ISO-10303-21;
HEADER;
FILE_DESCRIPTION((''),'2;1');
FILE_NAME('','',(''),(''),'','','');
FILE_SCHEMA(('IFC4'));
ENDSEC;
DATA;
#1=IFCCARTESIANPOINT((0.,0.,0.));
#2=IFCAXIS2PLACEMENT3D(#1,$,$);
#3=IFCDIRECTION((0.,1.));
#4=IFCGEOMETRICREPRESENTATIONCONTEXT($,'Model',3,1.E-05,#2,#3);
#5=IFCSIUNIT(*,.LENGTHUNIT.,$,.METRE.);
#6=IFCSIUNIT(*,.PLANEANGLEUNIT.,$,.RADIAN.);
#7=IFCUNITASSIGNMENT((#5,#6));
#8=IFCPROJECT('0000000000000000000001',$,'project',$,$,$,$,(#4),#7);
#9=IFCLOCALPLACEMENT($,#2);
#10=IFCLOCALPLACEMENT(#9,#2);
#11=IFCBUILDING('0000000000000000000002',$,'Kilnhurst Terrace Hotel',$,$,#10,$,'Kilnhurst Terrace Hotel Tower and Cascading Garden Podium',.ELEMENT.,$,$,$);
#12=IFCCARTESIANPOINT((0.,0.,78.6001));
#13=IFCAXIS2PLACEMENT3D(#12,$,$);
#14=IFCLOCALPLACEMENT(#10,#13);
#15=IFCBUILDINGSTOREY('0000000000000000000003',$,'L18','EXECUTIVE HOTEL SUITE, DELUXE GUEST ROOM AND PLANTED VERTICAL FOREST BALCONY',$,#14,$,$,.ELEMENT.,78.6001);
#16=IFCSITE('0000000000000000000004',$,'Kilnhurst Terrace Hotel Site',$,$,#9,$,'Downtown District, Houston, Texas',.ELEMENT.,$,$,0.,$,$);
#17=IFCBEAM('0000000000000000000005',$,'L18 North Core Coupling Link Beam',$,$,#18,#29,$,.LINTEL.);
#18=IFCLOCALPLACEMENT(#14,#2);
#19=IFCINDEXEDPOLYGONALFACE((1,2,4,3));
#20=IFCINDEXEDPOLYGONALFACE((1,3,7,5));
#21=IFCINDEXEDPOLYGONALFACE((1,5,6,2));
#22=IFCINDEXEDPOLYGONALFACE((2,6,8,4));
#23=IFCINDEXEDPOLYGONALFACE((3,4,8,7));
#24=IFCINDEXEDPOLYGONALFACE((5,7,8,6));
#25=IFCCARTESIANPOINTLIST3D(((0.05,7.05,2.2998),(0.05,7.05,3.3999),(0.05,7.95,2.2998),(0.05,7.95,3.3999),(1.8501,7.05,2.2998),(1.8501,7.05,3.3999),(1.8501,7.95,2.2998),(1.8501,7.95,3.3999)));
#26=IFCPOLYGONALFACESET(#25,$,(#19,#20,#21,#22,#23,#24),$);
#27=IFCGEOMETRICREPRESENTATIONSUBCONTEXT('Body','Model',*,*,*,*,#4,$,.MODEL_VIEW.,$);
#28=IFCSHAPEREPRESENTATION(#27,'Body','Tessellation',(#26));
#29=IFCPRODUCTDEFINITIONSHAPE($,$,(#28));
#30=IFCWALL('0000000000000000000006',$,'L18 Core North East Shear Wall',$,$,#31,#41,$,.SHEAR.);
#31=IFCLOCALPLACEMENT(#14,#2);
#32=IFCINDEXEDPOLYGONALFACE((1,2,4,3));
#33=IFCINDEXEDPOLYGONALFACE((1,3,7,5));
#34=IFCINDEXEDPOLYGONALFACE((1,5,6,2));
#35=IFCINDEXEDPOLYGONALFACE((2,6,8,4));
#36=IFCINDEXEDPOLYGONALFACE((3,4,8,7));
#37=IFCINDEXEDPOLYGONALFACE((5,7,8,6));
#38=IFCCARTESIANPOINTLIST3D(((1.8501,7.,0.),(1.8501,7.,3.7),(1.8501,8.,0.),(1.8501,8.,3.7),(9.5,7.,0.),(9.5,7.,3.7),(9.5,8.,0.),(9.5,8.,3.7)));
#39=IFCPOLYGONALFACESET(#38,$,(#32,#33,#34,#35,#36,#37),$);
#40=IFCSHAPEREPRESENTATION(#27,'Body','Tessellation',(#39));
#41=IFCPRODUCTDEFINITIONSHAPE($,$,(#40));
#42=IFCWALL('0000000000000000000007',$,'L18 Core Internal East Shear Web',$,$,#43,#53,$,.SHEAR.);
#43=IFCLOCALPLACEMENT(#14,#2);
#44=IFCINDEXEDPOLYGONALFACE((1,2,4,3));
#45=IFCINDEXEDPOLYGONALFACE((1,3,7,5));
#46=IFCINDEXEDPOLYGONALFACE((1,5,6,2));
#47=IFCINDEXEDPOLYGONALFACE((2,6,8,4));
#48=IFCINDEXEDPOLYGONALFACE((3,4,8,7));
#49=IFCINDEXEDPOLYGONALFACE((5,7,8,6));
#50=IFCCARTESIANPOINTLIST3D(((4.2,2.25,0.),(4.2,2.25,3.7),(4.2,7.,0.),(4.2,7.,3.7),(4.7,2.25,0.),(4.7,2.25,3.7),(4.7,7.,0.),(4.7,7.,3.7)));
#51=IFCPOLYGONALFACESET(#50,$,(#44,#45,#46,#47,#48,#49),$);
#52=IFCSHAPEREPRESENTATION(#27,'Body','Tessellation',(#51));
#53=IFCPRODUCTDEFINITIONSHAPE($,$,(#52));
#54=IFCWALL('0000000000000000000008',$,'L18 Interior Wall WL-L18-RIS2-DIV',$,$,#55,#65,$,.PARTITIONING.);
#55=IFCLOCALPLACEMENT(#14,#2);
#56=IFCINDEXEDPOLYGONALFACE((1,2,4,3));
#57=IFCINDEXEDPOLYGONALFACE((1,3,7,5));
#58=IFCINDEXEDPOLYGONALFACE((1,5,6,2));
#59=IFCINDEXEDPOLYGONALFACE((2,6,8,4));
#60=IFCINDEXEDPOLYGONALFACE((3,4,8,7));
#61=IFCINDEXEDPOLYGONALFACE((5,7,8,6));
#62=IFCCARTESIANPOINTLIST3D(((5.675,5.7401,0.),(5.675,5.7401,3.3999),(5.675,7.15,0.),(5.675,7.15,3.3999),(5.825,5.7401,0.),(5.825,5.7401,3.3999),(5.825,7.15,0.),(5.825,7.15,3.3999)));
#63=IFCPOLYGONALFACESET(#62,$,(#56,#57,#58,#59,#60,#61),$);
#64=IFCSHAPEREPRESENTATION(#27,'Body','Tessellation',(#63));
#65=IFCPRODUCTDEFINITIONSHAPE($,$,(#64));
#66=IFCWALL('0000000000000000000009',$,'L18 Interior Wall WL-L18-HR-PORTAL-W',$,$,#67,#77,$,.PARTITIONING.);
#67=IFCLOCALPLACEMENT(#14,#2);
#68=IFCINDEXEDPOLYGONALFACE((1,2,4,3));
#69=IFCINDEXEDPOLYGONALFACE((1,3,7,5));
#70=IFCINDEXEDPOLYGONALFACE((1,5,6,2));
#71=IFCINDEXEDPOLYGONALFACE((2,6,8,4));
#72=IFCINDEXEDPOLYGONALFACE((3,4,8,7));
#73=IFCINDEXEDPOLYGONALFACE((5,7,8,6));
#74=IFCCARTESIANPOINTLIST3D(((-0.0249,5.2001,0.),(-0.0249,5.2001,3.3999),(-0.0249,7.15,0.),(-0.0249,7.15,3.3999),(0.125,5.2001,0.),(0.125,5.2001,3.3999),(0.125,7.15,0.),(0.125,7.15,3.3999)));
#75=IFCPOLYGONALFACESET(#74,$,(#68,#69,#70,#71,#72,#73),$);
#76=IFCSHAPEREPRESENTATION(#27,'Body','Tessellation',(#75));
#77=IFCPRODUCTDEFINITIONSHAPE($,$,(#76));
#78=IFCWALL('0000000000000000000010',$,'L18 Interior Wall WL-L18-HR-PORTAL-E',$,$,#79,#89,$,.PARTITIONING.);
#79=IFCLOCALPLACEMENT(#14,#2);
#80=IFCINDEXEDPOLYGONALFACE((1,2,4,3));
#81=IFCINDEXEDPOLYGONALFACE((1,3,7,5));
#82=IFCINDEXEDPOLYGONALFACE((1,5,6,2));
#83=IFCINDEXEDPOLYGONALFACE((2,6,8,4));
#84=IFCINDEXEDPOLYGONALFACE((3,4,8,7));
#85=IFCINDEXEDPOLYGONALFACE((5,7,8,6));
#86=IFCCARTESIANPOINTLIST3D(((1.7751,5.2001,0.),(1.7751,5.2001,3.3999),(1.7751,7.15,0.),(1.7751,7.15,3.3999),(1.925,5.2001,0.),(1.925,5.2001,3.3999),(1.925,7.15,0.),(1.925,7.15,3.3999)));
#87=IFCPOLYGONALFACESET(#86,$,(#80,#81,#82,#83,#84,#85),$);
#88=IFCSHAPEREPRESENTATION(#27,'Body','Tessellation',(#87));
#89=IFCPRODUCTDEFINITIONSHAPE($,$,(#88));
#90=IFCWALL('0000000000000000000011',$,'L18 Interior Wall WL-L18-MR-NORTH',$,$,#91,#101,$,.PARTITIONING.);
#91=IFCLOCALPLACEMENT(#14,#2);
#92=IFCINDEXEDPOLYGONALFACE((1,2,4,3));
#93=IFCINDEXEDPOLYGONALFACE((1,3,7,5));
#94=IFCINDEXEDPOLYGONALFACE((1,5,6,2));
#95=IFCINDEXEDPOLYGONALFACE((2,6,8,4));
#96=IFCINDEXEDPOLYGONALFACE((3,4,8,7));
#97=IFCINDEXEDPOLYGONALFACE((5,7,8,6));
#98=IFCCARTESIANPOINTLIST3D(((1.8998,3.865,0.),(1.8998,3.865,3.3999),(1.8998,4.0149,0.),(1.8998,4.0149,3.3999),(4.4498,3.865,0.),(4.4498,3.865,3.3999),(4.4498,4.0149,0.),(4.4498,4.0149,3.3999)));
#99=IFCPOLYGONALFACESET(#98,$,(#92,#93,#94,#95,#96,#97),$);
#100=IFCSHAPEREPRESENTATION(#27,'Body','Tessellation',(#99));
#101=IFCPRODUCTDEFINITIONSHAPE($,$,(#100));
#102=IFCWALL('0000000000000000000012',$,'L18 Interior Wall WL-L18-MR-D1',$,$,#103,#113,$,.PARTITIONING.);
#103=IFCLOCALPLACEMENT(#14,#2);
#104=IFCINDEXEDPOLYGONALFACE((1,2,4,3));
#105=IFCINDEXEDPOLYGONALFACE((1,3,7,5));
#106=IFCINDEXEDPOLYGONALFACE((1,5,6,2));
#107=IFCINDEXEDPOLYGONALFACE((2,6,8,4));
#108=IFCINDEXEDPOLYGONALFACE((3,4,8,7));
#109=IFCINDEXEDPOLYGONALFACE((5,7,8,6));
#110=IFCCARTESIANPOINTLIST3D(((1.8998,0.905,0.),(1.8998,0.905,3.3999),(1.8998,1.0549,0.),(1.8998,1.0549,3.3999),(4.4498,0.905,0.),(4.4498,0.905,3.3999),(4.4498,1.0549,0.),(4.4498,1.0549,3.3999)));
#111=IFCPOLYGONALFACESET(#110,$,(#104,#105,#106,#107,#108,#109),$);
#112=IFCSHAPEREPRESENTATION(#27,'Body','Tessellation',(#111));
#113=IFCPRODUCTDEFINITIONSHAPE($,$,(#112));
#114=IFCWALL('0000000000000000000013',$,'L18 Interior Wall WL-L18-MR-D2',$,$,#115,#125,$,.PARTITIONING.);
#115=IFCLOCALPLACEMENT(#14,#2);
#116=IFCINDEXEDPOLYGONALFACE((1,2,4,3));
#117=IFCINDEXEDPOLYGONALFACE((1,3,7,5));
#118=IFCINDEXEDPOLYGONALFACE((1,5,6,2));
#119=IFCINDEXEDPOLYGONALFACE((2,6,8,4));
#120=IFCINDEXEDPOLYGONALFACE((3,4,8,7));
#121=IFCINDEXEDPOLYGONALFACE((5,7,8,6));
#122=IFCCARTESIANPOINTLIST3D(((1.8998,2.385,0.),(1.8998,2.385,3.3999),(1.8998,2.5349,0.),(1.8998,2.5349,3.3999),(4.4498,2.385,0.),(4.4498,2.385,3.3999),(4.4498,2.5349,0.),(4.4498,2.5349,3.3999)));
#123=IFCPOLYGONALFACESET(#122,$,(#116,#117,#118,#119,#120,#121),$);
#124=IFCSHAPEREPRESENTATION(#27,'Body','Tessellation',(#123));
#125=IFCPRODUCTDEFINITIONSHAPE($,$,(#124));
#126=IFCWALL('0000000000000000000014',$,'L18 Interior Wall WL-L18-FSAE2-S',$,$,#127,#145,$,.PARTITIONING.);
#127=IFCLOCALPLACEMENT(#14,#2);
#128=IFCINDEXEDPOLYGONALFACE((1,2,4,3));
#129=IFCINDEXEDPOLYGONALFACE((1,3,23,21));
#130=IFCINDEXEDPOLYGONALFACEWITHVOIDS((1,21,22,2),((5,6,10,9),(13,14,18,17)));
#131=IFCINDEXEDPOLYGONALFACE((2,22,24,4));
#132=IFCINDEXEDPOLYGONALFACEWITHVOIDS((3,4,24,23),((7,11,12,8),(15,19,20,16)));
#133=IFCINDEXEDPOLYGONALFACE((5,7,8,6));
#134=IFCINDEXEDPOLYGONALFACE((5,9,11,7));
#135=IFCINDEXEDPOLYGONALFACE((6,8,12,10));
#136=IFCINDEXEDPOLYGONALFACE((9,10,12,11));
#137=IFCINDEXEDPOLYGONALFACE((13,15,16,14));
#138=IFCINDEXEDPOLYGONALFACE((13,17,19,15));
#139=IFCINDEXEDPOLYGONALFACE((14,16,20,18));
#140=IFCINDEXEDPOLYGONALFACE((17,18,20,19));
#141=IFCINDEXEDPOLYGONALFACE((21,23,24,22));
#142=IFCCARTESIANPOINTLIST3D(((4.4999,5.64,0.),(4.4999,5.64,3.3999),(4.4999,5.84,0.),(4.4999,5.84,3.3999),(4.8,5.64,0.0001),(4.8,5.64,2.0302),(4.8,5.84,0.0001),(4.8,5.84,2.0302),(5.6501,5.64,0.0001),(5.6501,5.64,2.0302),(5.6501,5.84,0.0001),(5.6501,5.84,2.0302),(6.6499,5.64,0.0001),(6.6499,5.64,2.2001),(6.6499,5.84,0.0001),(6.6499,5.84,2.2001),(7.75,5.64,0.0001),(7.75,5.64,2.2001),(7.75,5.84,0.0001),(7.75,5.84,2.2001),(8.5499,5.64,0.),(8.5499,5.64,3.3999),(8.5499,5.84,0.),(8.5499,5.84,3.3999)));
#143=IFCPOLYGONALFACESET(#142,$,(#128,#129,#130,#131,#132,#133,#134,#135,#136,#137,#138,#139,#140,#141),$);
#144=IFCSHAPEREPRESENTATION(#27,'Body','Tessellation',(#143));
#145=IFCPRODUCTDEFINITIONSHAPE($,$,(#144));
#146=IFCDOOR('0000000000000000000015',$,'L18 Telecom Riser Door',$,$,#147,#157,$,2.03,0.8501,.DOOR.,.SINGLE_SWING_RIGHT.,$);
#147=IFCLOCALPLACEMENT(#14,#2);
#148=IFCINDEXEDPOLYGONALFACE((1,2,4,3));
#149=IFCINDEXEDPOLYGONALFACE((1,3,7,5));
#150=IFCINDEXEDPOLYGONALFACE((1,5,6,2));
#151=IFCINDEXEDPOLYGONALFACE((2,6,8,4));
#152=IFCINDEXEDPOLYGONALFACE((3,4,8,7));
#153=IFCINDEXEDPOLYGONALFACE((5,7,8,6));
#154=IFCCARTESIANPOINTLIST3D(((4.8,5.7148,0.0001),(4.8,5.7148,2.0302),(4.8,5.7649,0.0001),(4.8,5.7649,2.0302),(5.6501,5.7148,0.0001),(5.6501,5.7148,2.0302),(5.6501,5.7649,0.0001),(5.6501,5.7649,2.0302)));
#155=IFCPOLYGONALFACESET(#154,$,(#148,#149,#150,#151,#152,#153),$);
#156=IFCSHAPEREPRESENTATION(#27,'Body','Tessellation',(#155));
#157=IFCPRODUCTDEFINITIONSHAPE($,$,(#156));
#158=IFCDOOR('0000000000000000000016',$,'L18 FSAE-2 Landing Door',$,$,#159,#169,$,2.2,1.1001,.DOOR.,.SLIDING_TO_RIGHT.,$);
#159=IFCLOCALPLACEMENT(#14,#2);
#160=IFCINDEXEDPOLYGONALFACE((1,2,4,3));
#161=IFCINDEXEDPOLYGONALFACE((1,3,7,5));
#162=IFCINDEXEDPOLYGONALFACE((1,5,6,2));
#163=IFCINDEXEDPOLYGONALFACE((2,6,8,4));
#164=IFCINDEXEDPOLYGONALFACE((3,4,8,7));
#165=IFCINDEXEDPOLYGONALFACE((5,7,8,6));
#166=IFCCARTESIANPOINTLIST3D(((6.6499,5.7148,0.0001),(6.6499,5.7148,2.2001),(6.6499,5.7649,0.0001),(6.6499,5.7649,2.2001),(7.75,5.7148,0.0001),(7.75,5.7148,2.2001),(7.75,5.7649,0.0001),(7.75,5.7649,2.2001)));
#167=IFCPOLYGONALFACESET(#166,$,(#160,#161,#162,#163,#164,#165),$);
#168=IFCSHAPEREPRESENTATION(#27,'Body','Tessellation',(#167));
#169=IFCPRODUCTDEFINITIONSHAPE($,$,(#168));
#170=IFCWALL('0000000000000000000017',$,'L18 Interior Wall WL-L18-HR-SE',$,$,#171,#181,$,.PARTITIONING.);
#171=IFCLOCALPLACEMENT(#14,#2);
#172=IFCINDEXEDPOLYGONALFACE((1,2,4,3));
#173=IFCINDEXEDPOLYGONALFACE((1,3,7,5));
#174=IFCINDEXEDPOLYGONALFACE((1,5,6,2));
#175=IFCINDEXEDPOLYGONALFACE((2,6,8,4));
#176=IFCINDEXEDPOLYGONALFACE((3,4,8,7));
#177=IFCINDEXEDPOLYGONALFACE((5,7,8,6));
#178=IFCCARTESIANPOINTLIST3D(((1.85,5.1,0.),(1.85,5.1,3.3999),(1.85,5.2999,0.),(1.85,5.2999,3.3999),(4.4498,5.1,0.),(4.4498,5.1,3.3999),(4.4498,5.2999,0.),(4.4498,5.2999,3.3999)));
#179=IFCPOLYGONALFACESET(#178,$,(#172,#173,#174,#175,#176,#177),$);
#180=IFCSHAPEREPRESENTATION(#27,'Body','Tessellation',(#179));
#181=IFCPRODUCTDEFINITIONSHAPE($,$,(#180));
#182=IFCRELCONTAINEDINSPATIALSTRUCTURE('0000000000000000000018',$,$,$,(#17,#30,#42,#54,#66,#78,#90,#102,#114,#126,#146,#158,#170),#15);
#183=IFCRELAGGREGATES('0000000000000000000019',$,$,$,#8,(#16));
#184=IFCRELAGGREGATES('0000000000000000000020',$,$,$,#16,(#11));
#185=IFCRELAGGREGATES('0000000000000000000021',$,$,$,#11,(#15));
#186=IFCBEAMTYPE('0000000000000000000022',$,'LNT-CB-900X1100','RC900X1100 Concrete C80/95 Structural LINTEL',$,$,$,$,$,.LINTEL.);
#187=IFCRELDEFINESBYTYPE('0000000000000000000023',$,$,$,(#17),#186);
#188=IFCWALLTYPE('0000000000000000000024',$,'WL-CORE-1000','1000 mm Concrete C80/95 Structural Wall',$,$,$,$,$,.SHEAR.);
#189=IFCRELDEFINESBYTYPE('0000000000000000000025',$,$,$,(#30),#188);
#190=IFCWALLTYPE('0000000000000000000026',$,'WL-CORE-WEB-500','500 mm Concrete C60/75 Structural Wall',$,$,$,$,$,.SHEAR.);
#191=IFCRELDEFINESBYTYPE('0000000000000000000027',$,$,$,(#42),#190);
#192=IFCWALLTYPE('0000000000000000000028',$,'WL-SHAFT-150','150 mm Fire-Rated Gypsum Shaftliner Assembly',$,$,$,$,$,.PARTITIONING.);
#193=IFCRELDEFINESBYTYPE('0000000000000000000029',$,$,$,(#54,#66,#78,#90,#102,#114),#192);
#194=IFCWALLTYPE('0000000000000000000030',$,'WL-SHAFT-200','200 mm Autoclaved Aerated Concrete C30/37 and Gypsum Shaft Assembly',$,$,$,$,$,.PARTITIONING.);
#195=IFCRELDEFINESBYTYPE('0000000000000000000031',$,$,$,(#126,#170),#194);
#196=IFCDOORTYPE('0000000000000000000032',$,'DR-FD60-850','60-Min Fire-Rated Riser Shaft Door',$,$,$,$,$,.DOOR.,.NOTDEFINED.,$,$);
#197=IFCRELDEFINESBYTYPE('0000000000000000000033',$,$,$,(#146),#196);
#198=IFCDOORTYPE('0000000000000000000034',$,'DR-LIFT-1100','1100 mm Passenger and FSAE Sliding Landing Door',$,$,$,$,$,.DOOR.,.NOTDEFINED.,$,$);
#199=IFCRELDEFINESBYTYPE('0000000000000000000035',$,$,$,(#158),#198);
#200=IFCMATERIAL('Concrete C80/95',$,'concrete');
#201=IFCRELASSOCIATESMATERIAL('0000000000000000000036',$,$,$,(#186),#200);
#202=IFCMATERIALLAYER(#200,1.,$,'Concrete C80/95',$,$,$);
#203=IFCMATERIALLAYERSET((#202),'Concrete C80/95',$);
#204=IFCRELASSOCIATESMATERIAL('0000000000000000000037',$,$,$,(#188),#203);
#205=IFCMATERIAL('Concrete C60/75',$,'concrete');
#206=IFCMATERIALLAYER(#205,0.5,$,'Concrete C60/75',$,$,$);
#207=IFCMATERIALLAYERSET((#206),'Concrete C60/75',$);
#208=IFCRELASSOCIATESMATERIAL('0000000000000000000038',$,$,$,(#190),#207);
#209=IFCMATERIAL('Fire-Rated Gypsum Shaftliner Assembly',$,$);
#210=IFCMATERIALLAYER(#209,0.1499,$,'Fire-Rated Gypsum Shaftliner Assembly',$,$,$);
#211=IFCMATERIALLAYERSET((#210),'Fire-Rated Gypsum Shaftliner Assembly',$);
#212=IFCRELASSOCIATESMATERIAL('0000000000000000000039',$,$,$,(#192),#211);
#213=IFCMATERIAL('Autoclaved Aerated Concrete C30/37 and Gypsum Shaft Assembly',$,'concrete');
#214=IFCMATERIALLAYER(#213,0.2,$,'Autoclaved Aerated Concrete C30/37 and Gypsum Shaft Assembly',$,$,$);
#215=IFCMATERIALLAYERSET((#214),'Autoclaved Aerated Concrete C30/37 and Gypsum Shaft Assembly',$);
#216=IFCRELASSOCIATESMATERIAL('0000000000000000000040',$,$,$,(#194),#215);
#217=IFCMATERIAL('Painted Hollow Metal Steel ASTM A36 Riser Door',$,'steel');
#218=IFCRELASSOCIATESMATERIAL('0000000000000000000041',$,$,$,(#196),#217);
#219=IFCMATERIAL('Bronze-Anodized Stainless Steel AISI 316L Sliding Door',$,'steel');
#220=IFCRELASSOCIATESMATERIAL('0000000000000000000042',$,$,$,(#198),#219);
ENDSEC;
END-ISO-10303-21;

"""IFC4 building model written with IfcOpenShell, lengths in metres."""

from ifc_helpers import new_model, si_unit, direction, frame, frame_2d, origin, origin_2d, place, context, subcontext, project, spatial, rectangle, extrude, material, layer, layer_set, material_profile, profile_set, type_object, element, fill, save


model = new_model("IFC4")

# Units and contexts
model_context = context("Model", 3, precision=1e-05, world=origin(), true_north=direction((0.0, 1.0)))
body_context = subcontext(model_context, "Body", "Model", "MODEL_VIEW")
ifc_project = project(units=[si_unit("LENGTHUNIT", "METRE"), si_unit("PLANEANGLEUNIT", "RADIAN")], contexts=[model_context])

# Site, building, storey
site_placement = place(None, origin())
site = spatial("IfcSite", under=ifc_project, at=site_placement, Name="Kilnhurst Terrace Hotel Site", LongName="Downtown District, Houston, Texas", CompositionType="ELEMENT", RefElevation=0.0)
building_placement = place(site_placement, origin())
building = spatial("IfcBuilding", under=site, at=building_placement, Name="Kilnhurst Terrace Hotel", LongName="Kilnhurst Terrace Hotel Tower and Cascading Garden Podium", CompositionType="ELEMENT")
storey_placement = place(building_placement, frame((0.0, 0.0, 78.6001)))
storey = spatial("IfcBuildingStorey", under=building, at=storey_placement, Name="L18", Description="EXECUTIVE HOTEL SUITE, DELUXE GUEST ROOM AND PLANTED VERTICAL FOREST BALCONY", CompositionType="ELEMENT", Elevation=78.6001)

# Beam
ifc_material_1 = material(Name="Concrete C80/95", Category="concrete")
ifc_material_profile = material_profile(ifc_material_1, rectangle(XDim=0.8999, YDim=1.1001, at=origin_2d()), Name="RC900X1100")
ifc_profile_set = profile_set([ifc_material_profile], Name="Concrete C80/95")
beam_type = type_object("IfcBeamType", Name="LNT-CB-900X1100", Description="RC900X1100 Concrete C80/95 Structural LINTEL", PredefinedType="LINTEL", material=ifc_profile_set)
beam_placement = place(storey_placement, frame((0.05, 7.5, 2.8499), z_axis=(1.0, 0.0, 0.0), x_axis=(0.0, 1.0, 0.0)))
element("IfcBeam", 1, at=beam_placement, inside=storey, type_object=beam_type, Name="L18 North Core Coupling Link Beam", PredefinedType="LINTEL", context=body_context, shape_type="SweptSolid", body=[
    extrude(rectangle(XDim=0.8999, YDim=1.1001, at=origin_2d()), origin(), (0.0, 0.0, 1.0), 1.8),
])

# Walls
ifc_layer_1 = layer(ifc_material_1, 1.0, Name="Concrete C80/95")
ifc_layer_set_1 = layer_set([ifc_layer_1], Name="Concrete C80/95")
wall_type_1 = type_object("IfcWallType", Name="WL-CORE-1000", Description="1000 mm Concrete C80/95 Structural Wall", PredefinedType="SHEAR", material=ifc_layer_set_1)
wall_1_placement = place(storey_placement, frame((1.8501, 7.5, 0.0), z_axis=(0.0, 0.0, 1.0), x_axis=(1.0, 0.0, 0.0)))
element("IfcWall", 2, at=wall_1_placement, inside=storey, type_object=wall_type_1, Name="L18 Core North East Shear Wall", PredefinedType="SHEAR", context=body_context, shape_type="SweptSolid", body=[
    extrude(rectangle(XDim=7.6499, YDim=1.0, at=frame_2d((3.825, 0.0))), origin(), (0.0, 0.0, 1.0), 3.7),
])
ifc_material_2 = material(Name="Concrete C60/75", Category="concrete")
ifc_layer_2 = layer(ifc_material_2, 0.5, Name="Concrete C60/75")
ifc_layer_set_2 = layer_set([ifc_layer_2], Name="Concrete C60/75")
wall_type_2 = type_object("IfcWallType", Name="WL-CORE-WEB-500", Description="500 mm Concrete C60/75 Structural Wall", PredefinedType="SHEAR", material=ifc_layer_set_2)
wall_2_placement = place(storey_placement, frame((4.45, 2.25, 0.0), z_axis=(0.0, 0.0, 1.0), x_axis=(0.0, 1.0, 0.0)))
element("IfcWall", 3, at=wall_2_placement, inside=storey, type_object=wall_type_2, Name="L18 Core Internal East Shear Web", PredefinedType="SHEAR", context=body_context, shape_type="SweptSolid", body=[
    extrude(rectangle(XDim=4.75, YDim=0.5, at=frame_2d((2.375, 0.0))), origin(), (0.0, 0.0, 1.0), 3.7),
])
ifc_material_3 = material(Name="Fire-Rated Gypsum Shaftliner Assembly")
ifc_layer_3 = layer(ifc_material_3, 0.1499, Name="Fire-Rated Gypsum Shaftliner Assembly")
ifc_layer_set_3 = layer_set([ifc_layer_3], Name="Fire-Rated Gypsum Shaftliner Assembly")
wall_type_3 = type_object("IfcWallType", Name="WL-SHAFT-150", Description="150 mm Fire-Rated Gypsum Shaftliner Assembly", PredefinedType="PARTITIONING", material=ifc_layer_set_3)
wall_3_placement = place(storey_placement, frame((5.75, 5.74, 0.0), z_axis=(0.0, 0.0, 1.0), x_axis=(0.0, 1.0, 0.0)))
element("IfcWall", 4, at=wall_3_placement, inside=storey, type_object=wall_type_3, Name="L18 Interior Wall WL-L18-RIS2-DIV", PredefinedType="PARTITIONING", context=body_context, shape_type="SweptSolid", body=[
    extrude(rectangle(XDim=1.4099, YDim=0.1499, at=frame_2d((0.7051, 0.0))), origin(), (0.0, 0.0, 1.0), 3.3999),
])
for number, where, z_axis, x_axis, name in (
    (5, (0.05, 5.2, 0.0), (0.0, 0.0, 1.0), (0.0, 1.0, 0.0), "L18 Interior Wall WL-L18-HR-PORTAL-W"),
    (6, (1.8501, 5.2, 0.0), (0.0, 0.0, 1.0), (0.0, 1.0, 0.0), "L18 Interior Wall WL-L18-HR-PORTAL-E"),
):
    element("IfcWall", number, at=place(storey_placement, frame(where, z_axis=z_axis, x_axis=x_axis)), inside=storey, type_object=wall_type_3, Name=name, PredefinedType="PARTITIONING", context=body_context, shape_type="SweptSolid", body=[
        extrude(rectangle(XDim=1.95, YDim=0.1499, at=frame_2d((0.9751, 0.0))), origin(), (0.0, 0.0, 1.0), 3.3999),
    ])
for number, where, z_axis, x_axis, name in (
    (7, (1.8999, 3.9399, 0.0), (0.0, 0.0, 1.0), (1.0, 0.0, 0.0), "L18 Interior Wall WL-L18-MR-NORTH"),
    (8, (1.8999, 0.98, 0.0), (0.0, 0.0, 1.0), (1.0, 0.0, 0.0), "L18 Interior Wall WL-L18-MR-D1"),
    (9, (1.8999, 2.46, 0.0), (0.0, 0.0, 1.0), (1.0, 0.0, 0.0), "L18 Interior Wall WL-L18-MR-D2"),
):
    element("IfcWall", number, at=place(storey_placement, frame(where, z_axis=z_axis, x_axis=x_axis)), inside=storey, type_object=wall_type_3, Name=name, PredefinedType="PARTITIONING", context=body_context, shape_type="SweptSolid", body=[
        extrude(rectangle(XDim=2.55, YDim=0.1499, at=frame_2d((1.2749, 0.0))), origin(), (0.0, 0.0, 1.0), 3.3999),
    ])

# Wall, openings, doors
ifc_material_4 = material(Name="Autoclaved Aerated Concrete C30/37 and Gypsum Shaft Assembly", Category="concrete")
ifc_layer_4 = layer(ifc_material_4, 0.2, Name="Autoclaved Aerated Concrete C30/37 and Gypsum Shaft Assembly")
ifc_layer_set_4 = layer_set([ifc_layer_4], Name="Autoclaved Aerated Concrete C30/37 and Gypsum Shaft Assembly")
wall_type_4 = type_object("IfcWallType", Name="WL-SHAFT-200", Description="200 mm Autoclaved Aerated Concrete C30/37 and Gypsum Shaft Assembly", PredefinedType="PARTITIONING", material=ifc_layer_set_4)
wall_4_placement = place(storey_placement, frame((4.5, 5.74, 0.0), z_axis=(0.0, 0.0, 1.0), x_axis=(1.0, 0.0, 0.0)))
wall_4 = element("IfcWall", 10, at=wall_4_placement, inside=storey, type_object=wall_type_4, Name="L18 Interior Wall WL-L18-FSAE2-S", PredefinedType="PARTITIONING", context=body_context, shape_type="SweptSolid", body=[
    extrude(rectangle(XDim=4.05, YDim=0.2, at=frame_2d((2.0249, 0.0))), origin(), (0.0, 0.0, 1.0), 3.3999),
])
opening_1_placement = place(wall_4_placement, frame((0.3, 0.0, 0.0)))
opening_1 = element("IfcOpeningElement", 11, at=opening_1_placement, cuts=wall_4, PredefinedType="OPENING", context=body_context, shape_type="SweptSolid", body=[
    extrude(rectangle(XDim=0.8501, YDim=2.03, at=frame_2d((0.425, 1.0151))), frame((0.0, 0.1099, 0.0), z_axis=(0.0, -1.0, 0.0), x_axis=(1.0, 0.0, 0.0)), (0.0, 0.0, 1.0), 0.22),
])
opening_2_placement = place(wall_4_placement, frame((2.1499, 0.0, 0.0)))
opening_2 = element("IfcOpeningElement", 12, at=opening_2_placement, cuts=wall_4, PredefinedType="OPENING", context=body_context, shape_type="SweptSolid", body=[
    extrude(rectangle(XDim=1.1001, YDim=2.2, at=frame_2d((0.55, 1.1001))), frame((0.0, 0.1099, 0.0), z_axis=(0.0, -1.0, 0.0), x_axis=(1.0, 0.0, 0.0)), (0.0, 0.0, 1.0), 0.22),
])
ifc_material_5 = material(Name="Painted Hollow Metal Steel ASTM A36 Riser Door", Category="steel")
door_type_1 = type_object("IfcDoorType", Name="DR-FD60-850", Description="60-Min Fire-Rated Riser Shaft Door", OperationType="NOTDEFINED", PredefinedType="DOOR", material=ifc_material_5)
door_1_placement = place(opening_1_placement, origin())
door_1 = element("IfcDoor", 13, at=door_1_placement, inside=storey, type_object=door_type_1, Name="L18 Telecom Riser Door", OperationType="SINGLE_SWING_RIGHT", OverallHeight=2.03, OverallWidth=0.8501, PredefinedType="DOOR", context=body_context, shape_type="SweptSolid", body=[
    extrude(rectangle(XDim=0.8501, YDim=2.03, at=frame_2d((0.425, 1.0151))), frame((0.0, 0.0249, 0.0), z_axis=(0.0, -1.0, 0.0), x_axis=(1.0, 0.0, 0.0)), (0.0, 0.0, 1.0), 0.05),
])
fill(opening_1, door_1)
ifc_material_6 = material(Name="Bronze-Anodized Stainless Steel AISI 316L Sliding Door", Category="steel")
door_type_2 = type_object("IfcDoorType", Name="DR-LIFT-1100", Description="1100 mm Passenger and FSAE Sliding Landing Door", OperationType="NOTDEFINED", PredefinedType="DOOR", material=ifc_material_6)
door_2_placement = place(opening_2_placement, origin())
door_2 = element("IfcDoor", 14, at=door_2_placement, inside=storey, type_object=door_type_2, Name="L18 FSAE-2 Landing Door", OperationType="SLIDING_TO_RIGHT", OverallHeight=2.2, OverallWidth=1.1001, PredefinedType="DOOR", context=body_context, shape_type="SweptSolid", body=[
    extrude(rectangle(XDim=1.1001, YDim=2.2, at=frame_2d((0.55, 1.1001))), frame((0.0, 0.0249, 0.0), z_axis=(0.0, -1.0, 0.0), x_axis=(1.0, 0.0, 0.0)), (0.0, 0.0, 1.0), 0.05),
])
fill(opening_2, door_2)

# Wall
wall_5_placement = place(storey_placement, frame((1.8501, 5.2, 0.0), z_axis=(0.0, 0.0, 1.0), x_axis=(1.0, 0.0, 0.0)))
element("IfcWall", 15, at=wall_5_placement, inside=storey, type_object=wall_type_4, Name="L18 Interior Wall WL-L18-HR-SE", PredefinedType="PARTITIONING", context=body_context, shape_type="SweptSolid", body=[
    extrude(rectangle(XDim=2.5999, YDim=0.2, at=frame_2d((1.2998, 0.0))), origin(), (0.0, 0.0, 1.0), 3.3999),
])

save(model, "model.ifc")
